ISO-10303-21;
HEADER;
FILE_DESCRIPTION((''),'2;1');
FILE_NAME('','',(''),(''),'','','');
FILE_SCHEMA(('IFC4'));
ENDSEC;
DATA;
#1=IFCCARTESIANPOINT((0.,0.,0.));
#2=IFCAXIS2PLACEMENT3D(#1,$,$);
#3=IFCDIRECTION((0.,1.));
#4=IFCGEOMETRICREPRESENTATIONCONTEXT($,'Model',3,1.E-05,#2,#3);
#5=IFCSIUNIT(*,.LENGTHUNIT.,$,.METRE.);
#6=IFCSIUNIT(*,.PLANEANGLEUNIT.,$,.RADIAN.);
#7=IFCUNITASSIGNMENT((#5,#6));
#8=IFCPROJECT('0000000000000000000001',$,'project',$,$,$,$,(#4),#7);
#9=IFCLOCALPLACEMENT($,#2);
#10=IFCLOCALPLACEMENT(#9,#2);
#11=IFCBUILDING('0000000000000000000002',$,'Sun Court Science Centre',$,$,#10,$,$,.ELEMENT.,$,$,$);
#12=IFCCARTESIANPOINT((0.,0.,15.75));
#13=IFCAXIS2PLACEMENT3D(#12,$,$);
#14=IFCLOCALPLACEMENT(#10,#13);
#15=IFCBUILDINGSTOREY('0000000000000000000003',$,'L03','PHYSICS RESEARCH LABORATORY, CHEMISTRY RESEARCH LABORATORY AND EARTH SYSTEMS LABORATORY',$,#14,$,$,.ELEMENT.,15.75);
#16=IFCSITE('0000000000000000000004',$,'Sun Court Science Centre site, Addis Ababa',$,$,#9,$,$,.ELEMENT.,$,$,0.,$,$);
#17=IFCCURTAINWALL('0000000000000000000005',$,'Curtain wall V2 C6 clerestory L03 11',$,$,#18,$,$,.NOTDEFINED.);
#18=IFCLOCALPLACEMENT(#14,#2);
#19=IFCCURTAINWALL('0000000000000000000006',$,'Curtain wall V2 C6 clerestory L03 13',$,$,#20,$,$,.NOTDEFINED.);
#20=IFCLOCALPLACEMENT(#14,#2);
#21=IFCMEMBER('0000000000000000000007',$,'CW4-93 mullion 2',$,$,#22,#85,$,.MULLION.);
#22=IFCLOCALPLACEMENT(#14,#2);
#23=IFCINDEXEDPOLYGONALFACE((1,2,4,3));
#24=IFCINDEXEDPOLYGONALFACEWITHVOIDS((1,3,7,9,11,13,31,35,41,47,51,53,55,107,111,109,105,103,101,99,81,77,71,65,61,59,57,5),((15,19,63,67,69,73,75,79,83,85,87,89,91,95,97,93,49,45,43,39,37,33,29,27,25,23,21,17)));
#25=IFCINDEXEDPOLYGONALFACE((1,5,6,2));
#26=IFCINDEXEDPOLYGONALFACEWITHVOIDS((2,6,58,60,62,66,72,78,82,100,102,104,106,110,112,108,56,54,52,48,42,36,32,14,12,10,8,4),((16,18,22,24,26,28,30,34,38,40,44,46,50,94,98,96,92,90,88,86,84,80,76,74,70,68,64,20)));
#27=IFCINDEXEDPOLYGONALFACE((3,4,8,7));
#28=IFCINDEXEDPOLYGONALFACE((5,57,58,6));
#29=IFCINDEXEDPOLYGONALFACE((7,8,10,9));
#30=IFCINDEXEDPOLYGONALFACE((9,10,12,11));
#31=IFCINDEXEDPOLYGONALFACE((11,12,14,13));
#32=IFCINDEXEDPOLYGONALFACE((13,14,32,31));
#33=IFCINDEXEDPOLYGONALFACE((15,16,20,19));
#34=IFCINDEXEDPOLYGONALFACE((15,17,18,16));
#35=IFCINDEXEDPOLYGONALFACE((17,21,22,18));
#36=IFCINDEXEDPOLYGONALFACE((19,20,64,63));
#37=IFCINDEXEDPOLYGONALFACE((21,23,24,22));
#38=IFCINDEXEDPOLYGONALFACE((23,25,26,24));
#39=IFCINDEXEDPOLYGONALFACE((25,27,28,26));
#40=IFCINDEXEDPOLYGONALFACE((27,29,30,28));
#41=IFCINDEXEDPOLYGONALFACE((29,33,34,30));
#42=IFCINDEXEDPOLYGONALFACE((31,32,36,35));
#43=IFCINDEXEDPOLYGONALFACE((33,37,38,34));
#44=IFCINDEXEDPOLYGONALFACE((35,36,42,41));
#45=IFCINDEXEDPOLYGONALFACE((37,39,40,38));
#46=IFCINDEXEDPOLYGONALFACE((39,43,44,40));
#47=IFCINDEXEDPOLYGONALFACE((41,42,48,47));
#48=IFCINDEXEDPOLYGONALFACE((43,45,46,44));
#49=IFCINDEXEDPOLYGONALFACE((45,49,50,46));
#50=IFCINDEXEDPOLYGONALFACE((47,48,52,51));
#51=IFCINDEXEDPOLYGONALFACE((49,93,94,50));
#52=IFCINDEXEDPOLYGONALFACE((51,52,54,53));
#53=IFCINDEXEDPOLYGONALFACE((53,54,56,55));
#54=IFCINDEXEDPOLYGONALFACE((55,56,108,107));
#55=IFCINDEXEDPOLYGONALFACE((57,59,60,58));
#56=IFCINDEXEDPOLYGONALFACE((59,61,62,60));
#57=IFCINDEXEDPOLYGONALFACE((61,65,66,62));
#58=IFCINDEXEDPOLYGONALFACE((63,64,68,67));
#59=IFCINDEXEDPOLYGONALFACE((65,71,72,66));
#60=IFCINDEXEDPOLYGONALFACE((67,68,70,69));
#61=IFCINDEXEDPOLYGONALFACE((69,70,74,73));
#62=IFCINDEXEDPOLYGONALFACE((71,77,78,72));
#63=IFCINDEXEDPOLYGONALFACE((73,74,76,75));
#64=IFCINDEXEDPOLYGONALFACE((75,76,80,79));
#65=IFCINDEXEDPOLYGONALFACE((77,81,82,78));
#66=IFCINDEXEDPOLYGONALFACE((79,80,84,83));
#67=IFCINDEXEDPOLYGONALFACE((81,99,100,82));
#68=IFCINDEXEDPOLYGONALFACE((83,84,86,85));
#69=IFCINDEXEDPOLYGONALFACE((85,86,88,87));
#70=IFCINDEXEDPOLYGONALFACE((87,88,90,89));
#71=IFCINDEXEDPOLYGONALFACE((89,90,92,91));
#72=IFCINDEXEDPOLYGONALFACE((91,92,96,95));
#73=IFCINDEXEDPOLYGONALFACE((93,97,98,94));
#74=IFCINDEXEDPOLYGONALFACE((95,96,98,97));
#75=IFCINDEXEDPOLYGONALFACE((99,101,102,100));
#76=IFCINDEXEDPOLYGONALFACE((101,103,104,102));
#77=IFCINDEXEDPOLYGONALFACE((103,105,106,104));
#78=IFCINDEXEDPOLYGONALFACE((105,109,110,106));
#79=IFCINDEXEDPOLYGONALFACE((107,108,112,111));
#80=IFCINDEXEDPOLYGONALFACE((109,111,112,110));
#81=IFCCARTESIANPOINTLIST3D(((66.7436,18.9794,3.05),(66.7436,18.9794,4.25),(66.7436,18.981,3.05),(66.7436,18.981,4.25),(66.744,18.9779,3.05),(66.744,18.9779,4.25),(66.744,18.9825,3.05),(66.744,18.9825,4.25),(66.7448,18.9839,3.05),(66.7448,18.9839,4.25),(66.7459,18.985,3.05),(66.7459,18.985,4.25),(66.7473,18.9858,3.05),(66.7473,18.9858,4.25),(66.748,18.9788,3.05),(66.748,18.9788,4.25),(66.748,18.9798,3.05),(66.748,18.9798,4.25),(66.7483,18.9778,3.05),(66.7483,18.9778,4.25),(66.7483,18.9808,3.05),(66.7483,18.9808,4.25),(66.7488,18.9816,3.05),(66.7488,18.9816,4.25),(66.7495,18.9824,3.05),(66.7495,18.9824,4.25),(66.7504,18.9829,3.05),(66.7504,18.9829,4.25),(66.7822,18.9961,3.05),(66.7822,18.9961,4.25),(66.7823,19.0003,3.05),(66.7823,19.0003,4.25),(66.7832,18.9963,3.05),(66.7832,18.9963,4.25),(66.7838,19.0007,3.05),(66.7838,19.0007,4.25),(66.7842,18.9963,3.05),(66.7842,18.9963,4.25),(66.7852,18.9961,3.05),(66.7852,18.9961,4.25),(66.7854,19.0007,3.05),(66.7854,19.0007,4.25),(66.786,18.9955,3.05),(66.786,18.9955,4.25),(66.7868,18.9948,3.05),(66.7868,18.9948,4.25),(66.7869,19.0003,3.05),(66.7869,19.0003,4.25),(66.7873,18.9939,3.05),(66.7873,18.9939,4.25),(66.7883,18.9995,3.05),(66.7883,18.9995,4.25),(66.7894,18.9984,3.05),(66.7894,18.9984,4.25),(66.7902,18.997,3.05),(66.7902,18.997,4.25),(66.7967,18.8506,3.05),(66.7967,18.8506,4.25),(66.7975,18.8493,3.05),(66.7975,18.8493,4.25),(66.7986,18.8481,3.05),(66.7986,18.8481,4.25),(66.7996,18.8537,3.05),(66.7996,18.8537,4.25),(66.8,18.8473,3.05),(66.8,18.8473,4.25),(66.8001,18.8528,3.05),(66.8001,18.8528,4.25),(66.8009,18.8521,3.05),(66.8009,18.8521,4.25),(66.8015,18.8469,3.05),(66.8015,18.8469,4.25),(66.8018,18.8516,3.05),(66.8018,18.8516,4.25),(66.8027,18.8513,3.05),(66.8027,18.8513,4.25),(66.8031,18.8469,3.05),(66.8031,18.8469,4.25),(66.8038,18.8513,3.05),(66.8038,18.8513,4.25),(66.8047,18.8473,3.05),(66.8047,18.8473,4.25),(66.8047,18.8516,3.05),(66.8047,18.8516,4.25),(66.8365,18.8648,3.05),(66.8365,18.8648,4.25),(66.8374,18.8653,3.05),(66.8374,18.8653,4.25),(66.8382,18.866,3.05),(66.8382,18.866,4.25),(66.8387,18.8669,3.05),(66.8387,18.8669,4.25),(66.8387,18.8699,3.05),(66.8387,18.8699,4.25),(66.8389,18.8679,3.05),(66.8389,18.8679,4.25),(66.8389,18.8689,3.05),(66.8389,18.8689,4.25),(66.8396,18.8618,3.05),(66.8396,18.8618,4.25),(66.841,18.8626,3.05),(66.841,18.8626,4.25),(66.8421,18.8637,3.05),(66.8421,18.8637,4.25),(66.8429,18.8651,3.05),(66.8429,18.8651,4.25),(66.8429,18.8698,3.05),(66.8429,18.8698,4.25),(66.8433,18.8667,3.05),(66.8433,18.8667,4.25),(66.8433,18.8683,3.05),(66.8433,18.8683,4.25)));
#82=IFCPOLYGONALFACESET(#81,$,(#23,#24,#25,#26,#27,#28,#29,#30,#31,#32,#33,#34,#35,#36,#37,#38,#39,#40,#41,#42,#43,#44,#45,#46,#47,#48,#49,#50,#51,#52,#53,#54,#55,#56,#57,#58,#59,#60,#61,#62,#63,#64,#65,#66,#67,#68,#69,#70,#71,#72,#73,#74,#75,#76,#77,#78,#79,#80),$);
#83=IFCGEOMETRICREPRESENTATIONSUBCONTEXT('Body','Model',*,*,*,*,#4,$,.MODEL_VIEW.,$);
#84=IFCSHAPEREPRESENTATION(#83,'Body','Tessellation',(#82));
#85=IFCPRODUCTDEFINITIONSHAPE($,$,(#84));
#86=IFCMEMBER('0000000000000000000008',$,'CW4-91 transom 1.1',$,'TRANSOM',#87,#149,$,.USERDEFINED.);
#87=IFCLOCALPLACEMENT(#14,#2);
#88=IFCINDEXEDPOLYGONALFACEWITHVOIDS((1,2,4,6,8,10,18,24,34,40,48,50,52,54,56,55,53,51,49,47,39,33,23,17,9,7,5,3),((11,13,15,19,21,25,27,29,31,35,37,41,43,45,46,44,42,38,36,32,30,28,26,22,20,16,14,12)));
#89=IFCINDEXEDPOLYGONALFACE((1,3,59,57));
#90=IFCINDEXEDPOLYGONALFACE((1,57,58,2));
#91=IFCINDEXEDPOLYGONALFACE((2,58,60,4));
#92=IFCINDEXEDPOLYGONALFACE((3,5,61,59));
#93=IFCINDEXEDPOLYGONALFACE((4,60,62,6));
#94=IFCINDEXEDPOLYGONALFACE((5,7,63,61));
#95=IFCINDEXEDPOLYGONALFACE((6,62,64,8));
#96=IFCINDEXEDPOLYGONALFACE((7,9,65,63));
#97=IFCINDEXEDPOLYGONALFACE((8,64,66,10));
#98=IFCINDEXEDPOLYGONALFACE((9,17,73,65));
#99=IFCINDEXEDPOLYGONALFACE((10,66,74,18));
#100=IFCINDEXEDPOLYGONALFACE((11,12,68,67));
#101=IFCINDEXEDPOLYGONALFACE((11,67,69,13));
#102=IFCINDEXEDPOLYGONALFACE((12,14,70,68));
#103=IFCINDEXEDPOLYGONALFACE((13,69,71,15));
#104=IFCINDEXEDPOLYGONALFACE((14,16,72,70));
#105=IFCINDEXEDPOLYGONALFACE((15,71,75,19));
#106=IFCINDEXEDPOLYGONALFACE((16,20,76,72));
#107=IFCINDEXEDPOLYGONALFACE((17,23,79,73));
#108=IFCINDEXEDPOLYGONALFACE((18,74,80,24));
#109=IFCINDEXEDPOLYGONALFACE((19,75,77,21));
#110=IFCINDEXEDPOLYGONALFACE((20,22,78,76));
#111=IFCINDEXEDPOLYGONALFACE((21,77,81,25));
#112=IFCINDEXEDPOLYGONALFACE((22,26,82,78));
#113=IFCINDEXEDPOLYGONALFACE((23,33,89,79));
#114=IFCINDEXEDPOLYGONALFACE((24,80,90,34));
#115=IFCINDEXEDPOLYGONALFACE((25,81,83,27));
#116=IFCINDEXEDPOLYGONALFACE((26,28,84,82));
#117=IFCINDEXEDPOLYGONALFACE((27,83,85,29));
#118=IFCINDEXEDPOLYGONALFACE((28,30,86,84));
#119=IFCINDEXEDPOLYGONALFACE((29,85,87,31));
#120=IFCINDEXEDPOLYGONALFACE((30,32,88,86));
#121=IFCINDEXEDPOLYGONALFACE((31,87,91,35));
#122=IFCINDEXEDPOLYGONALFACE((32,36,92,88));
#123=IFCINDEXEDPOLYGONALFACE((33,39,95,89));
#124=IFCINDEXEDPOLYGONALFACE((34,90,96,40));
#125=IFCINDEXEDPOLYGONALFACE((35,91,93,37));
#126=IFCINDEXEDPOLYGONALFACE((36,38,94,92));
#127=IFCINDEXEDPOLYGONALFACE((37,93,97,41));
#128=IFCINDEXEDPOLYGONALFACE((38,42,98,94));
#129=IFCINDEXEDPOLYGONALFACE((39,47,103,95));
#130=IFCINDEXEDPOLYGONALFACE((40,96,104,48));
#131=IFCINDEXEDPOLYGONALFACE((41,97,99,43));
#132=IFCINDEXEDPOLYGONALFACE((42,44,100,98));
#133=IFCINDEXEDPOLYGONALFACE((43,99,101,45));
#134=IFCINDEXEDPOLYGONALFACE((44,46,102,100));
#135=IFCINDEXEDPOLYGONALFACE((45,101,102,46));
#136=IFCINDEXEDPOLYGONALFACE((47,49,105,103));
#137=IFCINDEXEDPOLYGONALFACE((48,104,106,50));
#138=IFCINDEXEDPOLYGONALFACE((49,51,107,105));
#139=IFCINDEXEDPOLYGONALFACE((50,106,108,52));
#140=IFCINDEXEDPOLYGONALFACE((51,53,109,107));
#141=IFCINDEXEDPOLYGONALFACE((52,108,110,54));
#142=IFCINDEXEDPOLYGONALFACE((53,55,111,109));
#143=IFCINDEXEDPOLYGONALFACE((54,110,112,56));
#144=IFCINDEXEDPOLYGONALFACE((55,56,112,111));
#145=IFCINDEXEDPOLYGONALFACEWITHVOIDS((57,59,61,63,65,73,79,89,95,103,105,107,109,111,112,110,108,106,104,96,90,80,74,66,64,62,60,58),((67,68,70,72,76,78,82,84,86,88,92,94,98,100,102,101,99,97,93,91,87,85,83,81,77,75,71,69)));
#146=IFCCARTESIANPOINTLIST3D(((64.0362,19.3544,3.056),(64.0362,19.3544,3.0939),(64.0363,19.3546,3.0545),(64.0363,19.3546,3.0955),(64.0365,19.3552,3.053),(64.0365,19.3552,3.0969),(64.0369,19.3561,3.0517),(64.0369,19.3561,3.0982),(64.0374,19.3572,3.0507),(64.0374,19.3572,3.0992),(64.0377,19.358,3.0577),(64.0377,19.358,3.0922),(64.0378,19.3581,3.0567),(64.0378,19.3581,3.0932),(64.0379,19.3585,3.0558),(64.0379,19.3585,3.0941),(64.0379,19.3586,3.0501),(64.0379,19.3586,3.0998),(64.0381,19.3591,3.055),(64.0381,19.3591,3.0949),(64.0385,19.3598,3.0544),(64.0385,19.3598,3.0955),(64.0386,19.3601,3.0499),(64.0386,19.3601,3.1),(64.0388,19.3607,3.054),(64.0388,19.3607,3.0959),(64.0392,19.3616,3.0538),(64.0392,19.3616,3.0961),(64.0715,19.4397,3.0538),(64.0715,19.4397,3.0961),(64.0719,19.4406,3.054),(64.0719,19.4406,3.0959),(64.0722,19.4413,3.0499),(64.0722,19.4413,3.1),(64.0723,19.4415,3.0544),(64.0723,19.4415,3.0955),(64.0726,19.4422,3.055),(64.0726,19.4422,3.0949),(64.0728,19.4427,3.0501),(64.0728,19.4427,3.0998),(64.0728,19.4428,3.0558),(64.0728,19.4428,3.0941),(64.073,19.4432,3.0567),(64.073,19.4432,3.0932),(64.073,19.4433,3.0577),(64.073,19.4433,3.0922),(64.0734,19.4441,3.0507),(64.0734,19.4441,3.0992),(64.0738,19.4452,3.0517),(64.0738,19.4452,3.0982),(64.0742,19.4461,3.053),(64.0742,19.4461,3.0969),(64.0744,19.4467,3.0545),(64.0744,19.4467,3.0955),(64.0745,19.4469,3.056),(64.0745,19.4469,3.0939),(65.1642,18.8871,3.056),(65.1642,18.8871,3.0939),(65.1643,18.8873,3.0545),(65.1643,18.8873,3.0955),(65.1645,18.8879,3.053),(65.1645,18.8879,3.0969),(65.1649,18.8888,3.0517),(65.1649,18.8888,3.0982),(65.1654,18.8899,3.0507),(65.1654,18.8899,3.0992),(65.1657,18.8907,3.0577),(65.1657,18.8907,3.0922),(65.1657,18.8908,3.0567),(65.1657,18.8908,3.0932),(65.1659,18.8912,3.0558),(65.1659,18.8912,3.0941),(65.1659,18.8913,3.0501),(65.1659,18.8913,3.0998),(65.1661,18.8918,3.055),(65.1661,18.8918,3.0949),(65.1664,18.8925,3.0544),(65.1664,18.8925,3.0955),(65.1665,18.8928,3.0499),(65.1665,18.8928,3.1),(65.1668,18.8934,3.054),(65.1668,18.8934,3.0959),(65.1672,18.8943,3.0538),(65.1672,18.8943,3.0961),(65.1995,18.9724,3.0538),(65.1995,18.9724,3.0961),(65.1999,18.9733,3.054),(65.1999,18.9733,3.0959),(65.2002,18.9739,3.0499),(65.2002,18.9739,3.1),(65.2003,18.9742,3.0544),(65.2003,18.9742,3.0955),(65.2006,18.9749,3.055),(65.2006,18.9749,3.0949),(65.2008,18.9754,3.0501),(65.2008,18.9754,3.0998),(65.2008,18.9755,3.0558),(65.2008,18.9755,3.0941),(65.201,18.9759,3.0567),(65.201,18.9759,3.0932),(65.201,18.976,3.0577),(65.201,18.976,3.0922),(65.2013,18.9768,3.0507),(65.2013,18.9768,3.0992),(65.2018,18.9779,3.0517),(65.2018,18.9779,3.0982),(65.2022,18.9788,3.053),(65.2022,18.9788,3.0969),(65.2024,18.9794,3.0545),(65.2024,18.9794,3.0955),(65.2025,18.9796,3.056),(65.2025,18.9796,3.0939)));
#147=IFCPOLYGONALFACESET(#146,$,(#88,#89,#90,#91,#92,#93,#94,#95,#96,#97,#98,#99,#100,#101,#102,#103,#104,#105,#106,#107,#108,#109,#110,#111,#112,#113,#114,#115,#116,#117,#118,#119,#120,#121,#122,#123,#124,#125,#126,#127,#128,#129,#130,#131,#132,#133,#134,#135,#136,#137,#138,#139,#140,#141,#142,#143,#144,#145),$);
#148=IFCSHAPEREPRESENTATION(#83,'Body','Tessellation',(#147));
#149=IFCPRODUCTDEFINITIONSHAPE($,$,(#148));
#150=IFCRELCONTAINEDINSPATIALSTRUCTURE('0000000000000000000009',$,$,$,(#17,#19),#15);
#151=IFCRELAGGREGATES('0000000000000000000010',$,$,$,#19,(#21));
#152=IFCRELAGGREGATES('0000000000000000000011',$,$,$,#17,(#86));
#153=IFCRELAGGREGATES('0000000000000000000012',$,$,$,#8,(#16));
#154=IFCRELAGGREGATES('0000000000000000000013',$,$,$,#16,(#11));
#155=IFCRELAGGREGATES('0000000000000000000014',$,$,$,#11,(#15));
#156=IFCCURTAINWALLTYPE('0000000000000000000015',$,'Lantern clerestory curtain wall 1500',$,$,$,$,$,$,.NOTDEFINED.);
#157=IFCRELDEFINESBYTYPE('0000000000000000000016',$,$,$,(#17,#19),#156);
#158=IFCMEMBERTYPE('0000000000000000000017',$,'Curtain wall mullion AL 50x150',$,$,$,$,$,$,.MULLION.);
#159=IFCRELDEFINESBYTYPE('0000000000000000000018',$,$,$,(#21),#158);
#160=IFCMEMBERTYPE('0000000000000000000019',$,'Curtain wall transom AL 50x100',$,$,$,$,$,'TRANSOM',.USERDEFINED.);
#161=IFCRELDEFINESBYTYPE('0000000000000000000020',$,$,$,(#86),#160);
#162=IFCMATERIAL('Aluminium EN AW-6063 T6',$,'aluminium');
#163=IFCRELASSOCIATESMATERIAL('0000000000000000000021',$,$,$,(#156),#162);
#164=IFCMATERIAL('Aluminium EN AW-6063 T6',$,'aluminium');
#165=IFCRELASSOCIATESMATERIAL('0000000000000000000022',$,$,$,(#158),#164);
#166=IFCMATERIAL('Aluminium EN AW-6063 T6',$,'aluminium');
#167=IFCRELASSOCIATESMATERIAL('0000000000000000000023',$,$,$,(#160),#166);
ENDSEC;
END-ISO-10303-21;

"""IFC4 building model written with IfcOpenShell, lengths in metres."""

from ifc_helpers import new_model, si_unit, direction, frame, origin, origin_2d, place, context, subcontext, project, spatial, hollow_rectangle, extrude, material, material_profile, profile_set, type_object, element, aggregate, save


model = new_model("IFC4")

# Units and contexts
model_context = context("Model", 3, precision=1e-05, world=origin(), true_north=direction((0.0, 1.0)))
body_context = subcontext(model_context, "Body", "Model", "MODEL_VIEW")
ifc_project = project(units=[si_unit("LENGTHUNIT", "METRE"), si_unit("PLANEANGLEUNIT", "RADIAN")], contexts=[model_context])

# Site, building, storey
site_placement = place(None, origin())
site = spatial("IfcSite", under=ifc_project, at=site_placement, Name="Sun Court Science Centre site, Addis Ababa", CompositionType="ELEMENT", RefElevation=0.0)
building_placement = place(site_placement, origin())
building = spatial("IfcBuilding", under=site, at=building_placement, Name="Sun Court Science Centre", CompositionType="ELEMENT")
storey_placement = place(building_placement, frame((0.0, 0.0, 15.75)))
storey = spatial("IfcBuildingStorey", under=building, at=storey_placement, Name="L03", Description="PHYSICS RESEARCH LABORATORY, CHEMISTRY RESEARCH LABORATORY AND EARTH SYSTEMS LABORATORY", CompositionType="ELEMENT", Elevation=15.75)

# Curtain walls, member
ifc_material_1 = material(Name="Aluminium EN AW-6063 T6", Category="aluminium")
curtain_wall_type = type_object("IfcCurtainWallType", Name="Lantern clerestory curtain wall 1500", PredefinedType="NOTDEFINED", material=ifc_material_1)
curtain_wall_1_placement = place(storey_placement, origin())
curtain_wall_1 = element("IfcCurtainWall", 1, at=curtain_wall_1_placement, inside=storey, type_object=curtain_wall_type, Name="Curtain wall V2 C6 clerestory L03 11", PredefinedType="NOTDEFINED")
ifc_material_2 = material(Name="Aluminium EN AW-6063 T6", Category="aluminium")
ifc_material_profile_1 = material_profile(ifc_material_2, hollow_rectangle(XDim=0.05, YDim=0.1499, WallThickness=0.0039, InnerFilletRadius=0.0039, OuterFilletRadius=0.0061, at=origin_2d()), Name="AL 50x150x4")
ifc_profile_set_1 = profile_set([ifc_material_profile_1], Name="Aluminium EN AW-6063 T6")
member_type_1 = type_object("IfcMemberType", Name="Curtain wall mullion AL 50x150", PredefinedType="MULLION", material=ifc_profile_set_1)
curtain_wall_2_placement = place(storey_placement, origin())
curtain_wall_2 = element("IfcCurtainWall", 2, at=curtain_wall_2_placement, inside=storey, type_object=curtain_wall_type, Name="Curtain wall V2 C6 clerestory L03 13", PredefinedType="NOTDEFINED")
member_1_placement = place(storey_placement, frame((66.7935, 18.9238, 3.05), z_axis=(0.0, 0.0, 1.0), x_axis=(-0.92388, -0.382683, 0.0)))
member_1 = element("IfcMember", 3, at=member_1_placement, type_object=member_type_1, Name="CW4-93 mullion 2", PredefinedType="MULLION", context=body_context, shape_type="SweptSolid", body=[
    extrude(hollow_rectangle(XDim=0.05, YDim=0.1499, WallThickness=0.0039, InnerFilletRadius=0.0039, OuterFilletRadius=0.0061, at=origin_2d()), origin(), (0.0, 0.0, 1.0), 1.2),
])
aggregate(curtain_wall_2, [member_1])

# Member
ifc_material_3 = material(Name="Aluminium EN AW-6063 T6", Category="aluminium")
ifc_material_profile_2 = material_profile(ifc_material_3, hollow_rectangle(XDim=0.05, YDim=0.1001, WallThickness=0.0039, InnerFilletRadius=0.0039, OuterFilletRadius=0.0061, at=origin_2d()), Name="AL 50x100x4")
ifc_profile_set_2 = profile_set([ifc_material_profile_2], Name="Aluminium EN AW-6063 T6")
member_type_2 = type_object("IfcMemberType", Name="Curtain wall transom AL 50x100", ElementType="TRANSOM", PredefinedType="USERDEFINED", material=ifc_profile_set_2)
member_2_placement = place(storey_placement, frame((65.1833, 18.9333, 3.075), z_axis=(-0.923856, 0.38274, 0.0), x_axis=(0.0, 0.0, 1.0)))
member_2 = element("IfcMember", 4, at=member_2_placement, type_object=member_type_2, Name="CW4-91 transom 1.1", ObjectType="TRANSOM", PredefinedType="USERDEFINED", context=body_context, shape_type="SweptSolid", body=[
    extrude(hollow_rectangle(XDim=0.05, YDim=0.1001, WallThickness=0.0039, InnerFilletRadius=0.0039, OuterFilletRadius=0.0061, at=origin_2d()), origin(), (0.0, 0.0, 1.0), 1.2209),
])

aggregate(curtain_wall_1, [member_2])

save(model, "model.ifc")
